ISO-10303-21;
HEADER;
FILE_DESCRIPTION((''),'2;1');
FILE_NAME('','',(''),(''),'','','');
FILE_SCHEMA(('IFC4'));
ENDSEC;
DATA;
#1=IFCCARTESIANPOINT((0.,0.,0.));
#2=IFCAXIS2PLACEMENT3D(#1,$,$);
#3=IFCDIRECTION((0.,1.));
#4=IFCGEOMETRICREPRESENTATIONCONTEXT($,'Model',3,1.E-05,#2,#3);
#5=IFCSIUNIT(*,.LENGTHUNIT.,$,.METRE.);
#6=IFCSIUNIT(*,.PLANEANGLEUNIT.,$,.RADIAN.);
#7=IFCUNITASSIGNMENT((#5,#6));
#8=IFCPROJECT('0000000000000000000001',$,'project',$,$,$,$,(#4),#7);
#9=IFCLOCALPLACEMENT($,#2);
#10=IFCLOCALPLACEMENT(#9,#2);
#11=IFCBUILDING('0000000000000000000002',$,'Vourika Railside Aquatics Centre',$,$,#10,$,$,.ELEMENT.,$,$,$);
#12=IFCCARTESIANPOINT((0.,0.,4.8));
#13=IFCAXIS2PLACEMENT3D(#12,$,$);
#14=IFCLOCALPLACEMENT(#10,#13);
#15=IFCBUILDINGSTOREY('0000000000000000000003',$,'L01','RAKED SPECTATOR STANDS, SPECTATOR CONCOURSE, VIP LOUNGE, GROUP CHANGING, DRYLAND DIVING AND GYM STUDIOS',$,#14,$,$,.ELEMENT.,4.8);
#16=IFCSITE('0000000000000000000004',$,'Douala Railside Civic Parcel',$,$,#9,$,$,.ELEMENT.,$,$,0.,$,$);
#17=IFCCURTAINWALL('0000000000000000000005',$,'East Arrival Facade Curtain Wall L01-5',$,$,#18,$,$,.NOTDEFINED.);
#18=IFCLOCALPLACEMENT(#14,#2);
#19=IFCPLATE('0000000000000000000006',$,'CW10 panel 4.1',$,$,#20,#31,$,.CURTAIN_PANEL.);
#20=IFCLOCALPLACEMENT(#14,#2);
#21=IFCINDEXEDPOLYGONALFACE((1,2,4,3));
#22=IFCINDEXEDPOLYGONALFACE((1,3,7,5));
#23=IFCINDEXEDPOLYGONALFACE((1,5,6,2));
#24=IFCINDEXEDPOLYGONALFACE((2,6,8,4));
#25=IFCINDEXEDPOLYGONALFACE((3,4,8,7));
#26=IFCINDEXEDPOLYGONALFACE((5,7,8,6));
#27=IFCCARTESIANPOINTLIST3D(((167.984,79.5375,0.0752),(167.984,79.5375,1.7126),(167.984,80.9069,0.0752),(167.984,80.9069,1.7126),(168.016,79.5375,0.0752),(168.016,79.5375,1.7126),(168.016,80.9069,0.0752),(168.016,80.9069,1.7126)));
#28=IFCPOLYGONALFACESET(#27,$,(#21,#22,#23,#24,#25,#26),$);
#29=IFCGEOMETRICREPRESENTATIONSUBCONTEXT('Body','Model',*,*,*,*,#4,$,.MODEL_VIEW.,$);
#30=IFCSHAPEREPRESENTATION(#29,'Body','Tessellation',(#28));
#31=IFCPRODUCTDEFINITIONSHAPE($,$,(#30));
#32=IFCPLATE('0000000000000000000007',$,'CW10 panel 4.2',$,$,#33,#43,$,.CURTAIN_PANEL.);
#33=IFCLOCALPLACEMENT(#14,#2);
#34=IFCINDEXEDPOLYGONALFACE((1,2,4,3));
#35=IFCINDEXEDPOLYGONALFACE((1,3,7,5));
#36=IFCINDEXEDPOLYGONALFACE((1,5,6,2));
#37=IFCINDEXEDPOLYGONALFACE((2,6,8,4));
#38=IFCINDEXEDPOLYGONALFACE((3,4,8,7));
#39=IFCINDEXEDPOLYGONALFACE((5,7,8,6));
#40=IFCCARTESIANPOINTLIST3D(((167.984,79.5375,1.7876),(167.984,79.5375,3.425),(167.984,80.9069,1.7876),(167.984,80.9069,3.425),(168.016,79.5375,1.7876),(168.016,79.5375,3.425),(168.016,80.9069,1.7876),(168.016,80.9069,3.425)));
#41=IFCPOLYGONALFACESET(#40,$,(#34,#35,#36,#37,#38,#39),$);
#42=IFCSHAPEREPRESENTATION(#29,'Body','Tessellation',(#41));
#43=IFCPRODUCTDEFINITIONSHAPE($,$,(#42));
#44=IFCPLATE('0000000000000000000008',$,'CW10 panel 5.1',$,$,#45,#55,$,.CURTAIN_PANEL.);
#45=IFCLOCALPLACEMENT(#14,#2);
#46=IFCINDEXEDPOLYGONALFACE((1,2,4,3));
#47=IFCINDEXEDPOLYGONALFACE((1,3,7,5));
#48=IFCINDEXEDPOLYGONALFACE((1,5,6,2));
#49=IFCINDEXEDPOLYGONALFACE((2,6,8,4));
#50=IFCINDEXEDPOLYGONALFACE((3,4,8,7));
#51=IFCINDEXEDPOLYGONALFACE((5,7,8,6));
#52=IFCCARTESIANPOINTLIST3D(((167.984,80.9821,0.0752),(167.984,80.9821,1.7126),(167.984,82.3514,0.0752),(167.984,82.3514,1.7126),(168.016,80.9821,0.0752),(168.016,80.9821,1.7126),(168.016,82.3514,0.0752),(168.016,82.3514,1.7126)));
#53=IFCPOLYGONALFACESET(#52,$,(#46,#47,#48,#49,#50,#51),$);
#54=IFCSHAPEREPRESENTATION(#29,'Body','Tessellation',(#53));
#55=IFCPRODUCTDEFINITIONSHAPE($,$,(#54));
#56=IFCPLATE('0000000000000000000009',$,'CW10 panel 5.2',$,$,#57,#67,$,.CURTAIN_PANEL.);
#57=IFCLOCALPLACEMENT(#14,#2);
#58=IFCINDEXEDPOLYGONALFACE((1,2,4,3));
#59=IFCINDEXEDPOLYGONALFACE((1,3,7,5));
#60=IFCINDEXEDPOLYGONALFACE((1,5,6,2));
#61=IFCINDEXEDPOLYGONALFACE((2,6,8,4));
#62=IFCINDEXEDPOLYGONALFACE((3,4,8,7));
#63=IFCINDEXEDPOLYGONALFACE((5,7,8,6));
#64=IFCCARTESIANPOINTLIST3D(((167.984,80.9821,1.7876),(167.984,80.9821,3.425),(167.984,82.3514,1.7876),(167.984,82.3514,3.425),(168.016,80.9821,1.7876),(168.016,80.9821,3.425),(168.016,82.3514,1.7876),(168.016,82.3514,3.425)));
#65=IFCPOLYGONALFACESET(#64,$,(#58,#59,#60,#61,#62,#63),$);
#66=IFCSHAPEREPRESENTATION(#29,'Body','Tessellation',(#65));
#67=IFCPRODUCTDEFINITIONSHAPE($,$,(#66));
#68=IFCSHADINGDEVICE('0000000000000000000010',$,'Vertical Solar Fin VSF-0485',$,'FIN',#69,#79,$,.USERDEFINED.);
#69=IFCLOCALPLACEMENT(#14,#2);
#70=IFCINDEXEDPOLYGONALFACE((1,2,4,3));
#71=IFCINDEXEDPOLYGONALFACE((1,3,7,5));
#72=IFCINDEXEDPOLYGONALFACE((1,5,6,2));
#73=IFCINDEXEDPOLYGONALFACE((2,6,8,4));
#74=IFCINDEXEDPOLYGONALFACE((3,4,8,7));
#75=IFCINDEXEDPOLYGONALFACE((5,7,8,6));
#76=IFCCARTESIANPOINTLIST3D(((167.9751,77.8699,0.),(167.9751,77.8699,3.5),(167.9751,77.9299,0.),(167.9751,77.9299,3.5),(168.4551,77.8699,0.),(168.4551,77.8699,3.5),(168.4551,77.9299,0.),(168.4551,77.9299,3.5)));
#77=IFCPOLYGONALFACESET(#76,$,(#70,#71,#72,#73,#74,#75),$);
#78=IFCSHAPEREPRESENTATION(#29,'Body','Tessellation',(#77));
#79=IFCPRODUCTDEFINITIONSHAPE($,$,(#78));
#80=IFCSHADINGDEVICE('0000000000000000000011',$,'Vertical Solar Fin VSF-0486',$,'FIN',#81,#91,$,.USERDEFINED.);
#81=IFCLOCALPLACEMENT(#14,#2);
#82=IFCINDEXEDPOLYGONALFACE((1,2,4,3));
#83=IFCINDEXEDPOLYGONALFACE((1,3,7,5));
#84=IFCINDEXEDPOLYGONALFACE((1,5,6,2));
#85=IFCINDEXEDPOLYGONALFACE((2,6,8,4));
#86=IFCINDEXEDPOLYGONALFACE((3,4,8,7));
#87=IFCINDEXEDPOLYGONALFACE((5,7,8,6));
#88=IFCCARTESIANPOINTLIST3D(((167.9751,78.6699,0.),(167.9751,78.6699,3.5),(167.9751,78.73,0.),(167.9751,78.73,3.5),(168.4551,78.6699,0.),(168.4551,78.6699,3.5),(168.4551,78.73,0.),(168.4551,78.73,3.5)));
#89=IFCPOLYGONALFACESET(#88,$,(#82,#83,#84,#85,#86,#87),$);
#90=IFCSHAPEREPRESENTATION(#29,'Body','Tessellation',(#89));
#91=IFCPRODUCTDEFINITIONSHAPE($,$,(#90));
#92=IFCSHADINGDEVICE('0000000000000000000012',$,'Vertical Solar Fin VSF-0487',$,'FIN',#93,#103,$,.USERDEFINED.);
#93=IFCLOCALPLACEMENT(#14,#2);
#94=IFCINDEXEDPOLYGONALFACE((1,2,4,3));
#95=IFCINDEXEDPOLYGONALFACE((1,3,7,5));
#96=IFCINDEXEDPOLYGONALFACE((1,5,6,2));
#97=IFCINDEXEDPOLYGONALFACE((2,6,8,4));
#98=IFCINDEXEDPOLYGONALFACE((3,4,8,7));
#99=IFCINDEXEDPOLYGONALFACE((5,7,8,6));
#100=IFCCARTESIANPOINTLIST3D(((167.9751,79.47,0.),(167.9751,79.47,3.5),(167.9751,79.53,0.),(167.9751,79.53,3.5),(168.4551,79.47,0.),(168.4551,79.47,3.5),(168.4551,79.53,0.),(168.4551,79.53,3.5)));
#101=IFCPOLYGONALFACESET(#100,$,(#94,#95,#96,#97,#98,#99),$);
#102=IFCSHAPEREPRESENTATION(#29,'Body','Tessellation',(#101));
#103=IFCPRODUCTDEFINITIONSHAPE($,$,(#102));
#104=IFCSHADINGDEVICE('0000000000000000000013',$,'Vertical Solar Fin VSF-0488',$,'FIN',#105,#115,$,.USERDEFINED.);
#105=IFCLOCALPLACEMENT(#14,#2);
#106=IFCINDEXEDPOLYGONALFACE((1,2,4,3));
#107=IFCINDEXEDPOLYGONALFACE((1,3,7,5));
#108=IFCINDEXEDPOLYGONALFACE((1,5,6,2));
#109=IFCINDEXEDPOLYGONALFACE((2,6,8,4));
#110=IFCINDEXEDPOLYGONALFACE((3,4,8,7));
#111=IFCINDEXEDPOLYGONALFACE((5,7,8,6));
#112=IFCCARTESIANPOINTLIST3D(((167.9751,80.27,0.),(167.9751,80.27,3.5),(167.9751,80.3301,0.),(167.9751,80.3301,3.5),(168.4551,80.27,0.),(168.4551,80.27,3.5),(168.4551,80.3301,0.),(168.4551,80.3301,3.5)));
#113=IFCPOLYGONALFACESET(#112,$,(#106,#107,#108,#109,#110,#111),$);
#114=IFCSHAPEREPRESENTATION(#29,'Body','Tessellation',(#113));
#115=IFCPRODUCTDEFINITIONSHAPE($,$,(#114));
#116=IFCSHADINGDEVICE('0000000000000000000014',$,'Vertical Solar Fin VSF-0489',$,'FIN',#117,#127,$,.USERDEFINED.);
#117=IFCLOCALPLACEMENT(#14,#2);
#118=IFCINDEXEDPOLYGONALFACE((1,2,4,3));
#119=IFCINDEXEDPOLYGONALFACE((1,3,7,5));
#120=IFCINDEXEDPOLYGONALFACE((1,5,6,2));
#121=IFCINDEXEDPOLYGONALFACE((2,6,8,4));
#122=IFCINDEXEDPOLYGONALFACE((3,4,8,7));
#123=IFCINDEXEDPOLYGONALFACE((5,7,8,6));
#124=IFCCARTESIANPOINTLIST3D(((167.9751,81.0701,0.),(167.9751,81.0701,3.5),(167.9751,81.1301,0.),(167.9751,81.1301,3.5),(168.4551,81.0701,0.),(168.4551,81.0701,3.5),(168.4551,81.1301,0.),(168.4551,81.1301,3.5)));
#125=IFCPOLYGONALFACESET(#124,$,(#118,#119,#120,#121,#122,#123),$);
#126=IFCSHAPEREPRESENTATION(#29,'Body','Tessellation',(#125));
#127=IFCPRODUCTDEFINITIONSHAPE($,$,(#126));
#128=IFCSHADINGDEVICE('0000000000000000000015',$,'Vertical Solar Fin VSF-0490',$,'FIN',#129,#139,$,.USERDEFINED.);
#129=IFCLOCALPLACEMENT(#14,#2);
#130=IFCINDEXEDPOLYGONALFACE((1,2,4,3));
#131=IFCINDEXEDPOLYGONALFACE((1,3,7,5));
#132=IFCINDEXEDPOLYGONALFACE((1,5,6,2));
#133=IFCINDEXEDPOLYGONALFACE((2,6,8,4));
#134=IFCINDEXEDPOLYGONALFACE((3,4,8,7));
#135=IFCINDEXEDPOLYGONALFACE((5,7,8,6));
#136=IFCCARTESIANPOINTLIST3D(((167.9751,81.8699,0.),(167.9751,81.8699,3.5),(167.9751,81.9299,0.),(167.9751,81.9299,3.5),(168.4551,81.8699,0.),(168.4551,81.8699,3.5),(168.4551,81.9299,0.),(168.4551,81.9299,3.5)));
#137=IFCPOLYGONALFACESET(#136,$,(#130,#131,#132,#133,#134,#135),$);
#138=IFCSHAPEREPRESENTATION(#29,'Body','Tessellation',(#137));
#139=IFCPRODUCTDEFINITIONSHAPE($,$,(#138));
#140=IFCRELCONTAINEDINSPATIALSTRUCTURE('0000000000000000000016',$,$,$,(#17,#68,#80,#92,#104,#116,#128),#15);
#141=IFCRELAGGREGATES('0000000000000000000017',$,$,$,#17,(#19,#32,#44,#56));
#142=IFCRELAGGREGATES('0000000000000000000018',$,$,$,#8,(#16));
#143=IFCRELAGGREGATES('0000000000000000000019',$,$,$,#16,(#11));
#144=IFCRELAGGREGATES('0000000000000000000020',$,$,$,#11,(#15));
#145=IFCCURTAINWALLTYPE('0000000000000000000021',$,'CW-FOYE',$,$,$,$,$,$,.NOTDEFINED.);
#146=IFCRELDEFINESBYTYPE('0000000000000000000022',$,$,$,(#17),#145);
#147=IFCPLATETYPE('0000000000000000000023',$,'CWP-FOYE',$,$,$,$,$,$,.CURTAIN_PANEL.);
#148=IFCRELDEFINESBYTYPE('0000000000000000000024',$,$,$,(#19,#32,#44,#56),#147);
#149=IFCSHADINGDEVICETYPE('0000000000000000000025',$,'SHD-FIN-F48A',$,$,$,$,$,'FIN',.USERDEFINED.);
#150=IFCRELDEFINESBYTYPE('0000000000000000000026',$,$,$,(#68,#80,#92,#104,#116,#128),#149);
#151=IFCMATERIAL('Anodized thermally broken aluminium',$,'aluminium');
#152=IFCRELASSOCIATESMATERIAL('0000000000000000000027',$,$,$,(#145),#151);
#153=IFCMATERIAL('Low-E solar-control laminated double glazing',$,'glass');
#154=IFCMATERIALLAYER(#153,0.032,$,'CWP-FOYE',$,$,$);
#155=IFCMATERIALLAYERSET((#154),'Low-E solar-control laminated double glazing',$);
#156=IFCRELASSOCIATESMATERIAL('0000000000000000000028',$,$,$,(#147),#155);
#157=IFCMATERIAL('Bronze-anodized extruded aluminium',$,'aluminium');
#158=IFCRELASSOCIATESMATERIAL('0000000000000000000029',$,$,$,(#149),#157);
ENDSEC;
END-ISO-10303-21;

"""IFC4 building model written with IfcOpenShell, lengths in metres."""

from ifc_helpers import new_model, si_unit, direction, frame, origin, origin_2d, place, context, subcontext, project, spatial, rectangle, extrude, material, layer, layer_set, material_profile, profile_set, type_object, element, aggregate, save


model = new_model("IFC4")

# Units and contexts
model_context = context("Model", 3, precision=1e-05, world=origin(), true_north=direction((0.0, 1.0)))
body_context = subcontext(model_context, "Body", "Model", "MODEL_VIEW")
ifc_project = project(units=[si_unit("LENGTHUNIT", "METRE"), si_unit("PLANEANGLEUNIT", "RADIAN")], contexts=[model_context])

# Site, building, storey
site_placement = place(None, origin())
site = spatial("IfcSite", under=ifc_project, at=site_placement, Name="Douala Railside Civic Parcel", CompositionType="ELEMENT", RefElevation=0.0)
building_placement = place(site_placement, origin())
building = spatial("IfcBuilding", under=site, at=building_placement, Name="Vourika Railside Aquatics Centre", CompositionType="ELEMENT")
storey_placement = place(building_placement, frame((0.0, 0.0, 4.8)))
storey = spatial("IfcBuildingStorey", under=building, at=storey_placement, Name="L01", Description="RAKED SPECTATOR STANDS, SPECTATOR CONCOURSE, VIP LOUNGE, GROUP CHANGING, DRYLAND DIVING AND GYM STUDIOS", CompositionType="ELEMENT", Elevation=4.8)

# Curtain wall, plates
ifc_material_1 = material(Name="Anodized thermally broken aluminium", Category="aluminium")
curtain_wall_type = type_object("IfcCurtainWallType", Name="CW-FOYE", PredefinedType="NOTDEFINED", material=ifc_material_1)
curtain_wall_placement = place(storey_placement, origin())
curtain_wall = element("IfcCurtainWall", 1, at=curtain_wall_placement, inside=storey, type_object=curtain_wall_type, Name="East Arrival Facade Curtain Wall L01-5", PredefinedType="NOTDEFINED")
ifc_material_2 = material(Name="Low-E solar-control laminated double glazing", Category="glass")
ifc_layer = layer(ifc_material_2, 0.032, Name="CWP-FOYE")
ifc_layer_set = layer_set([ifc_layer], Name="Low-E solar-control laminated double glazing")
plate_type = type_object("IfcPlateType", Name="CWP-FOYE", PredefinedType="CURTAIN_PANEL", material=ifc_layer_set)
plate_1_placement = place(storey_placement, frame((168.0, 80.2222, 0.0752), z_axis=(0.0, 0.0, 1.0), x_axis=(0.0, 1.0, 0.0)))
plate_1 = element("IfcPlate", 2, at=plate_1_placement, type_object=plate_type, Name="CW10 panel 4.1", PredefinedType="CURTAIN_PANEL", context=body_context, shape_type="SweptSolid", body=[
    extrude(rectangle(XDim=1.3694, YDim=0.032, at=origin_2d()), origin(), (0.0, 0.0, 1.0), 1.6375),
])
plate_2_placement = place(storey_placement, frame((168.0, 80.2222, 1.7876), z_axis=(0.0, 0.0, 1.0), x_axis=(0.0, 1.0, 0.0)))
plate_2 = element("IfcPlate", 3, at=plate_2_placement, type_object=plate_type, Name="CW10 panel 4.2", PredefinedType="CURTAIN_PANEL", context=body_context, shape_type="SweptSolid", body=[
    extrude(rectangle(XDim=1.3694, YDim=0.032, at=origin_2d()), origin(), (0.0, 0.0, 1.0), 1.6375),
])
plate_3_placement = place(storey_placement, frame((168.0, 81.6667, 0.0752), z_axis=(0.0, 0.0, 1.0), x_axis=(0.0, 1.0, 0.0)))
plate_3 = element("IfcPlate", 4, at=plate_3_placement, type_object=plate_type, Name="CW10 panel 5.1", PredefinedType="CURTAIN_PANEL", context=body_context, shape_type="SweptSolid", body=[
    extrude(rectangle(XDim=1.3694, YDim=0.032, at=origin_2d()), origin(), (0.0, 0.0, 1.0), 1.6375),
])
plate_4_placement = place(storey_placement, frame((168.0, 81.6667, 1.7876), z_axis=(0.0, 0.0, 1.0), x_axis=(0.0, 1.0, 0.0)))
plate_4 = element("IfcPlate", 5, at=plate_4_placement, type_object=plate_type, Name="CW10 panel 5.2", PredefinedType="CURTAIN_PANEL", context=body_context, shape_type="SweptSolid", body=[
    extrude(rectangle(XDim=1.3694, YDim=0.032, at=origin_2d()), origin(), (0.0, 0.0, 1.0), 1.6375),
])
aggregate(curtain_wall, [plate_1, plate_2, plate_3, plate_4])

# Shading devices
ifc_material_3 = material(Name="Bronze-anodized extruded aluminium", Category="aluminium")
ifc_material_profile_1 = material_profile(ifc_material_3, rectangle(XDim=0.0601, YDim=0.48, at=origin_2d()), Name="ALU-FIN 60x480")
ifc_profile_set_1 = profile_set([ifc_material_profile_1], Name="Bronze-anodized extruded aluminium")
shading_device_type = type_object("IfcShadingDeviceType", Name="SHD-FIN-F48A", ElementType="FIN", PredefinedType="USERDEFINED", material=ifc_profile_set_1)
for number, where, z_axis, x_axis, name in (
    (6, (168.2151, 77.8999, 0.0), (0.0, 0.0, 1.0), (0.0, -1.0, 0.0), "Vertical Solar Fin VSF-0485"),
    (7, (168.2151, 78.7, 0.0), (0.0, 0.0, 1.0), (0.0, -1.0, 0.0), "Vertical Solar Fin VSF-0486"),
    (8, (168.2151, 79.5, 0.0), (0.0, 0.0, 1.0), (0.0, -1.0, 0.0), "Vertical Solar Fin VSF-0487"),
    (9, (168.2151, 80.3, 0.0), (0.0, 0.0, 1.0), (0.0, -1.0, 0.0), "Vertical Solar Fin VSF-0488"),
    (10, (168.2151, 81.1001, 0.0), (0.0, 0.0, 1.0), (0.0, -1.0, 0.0), "Vertical Solar Fin VSF-0489"),
    (11, (168.2151, 81.8999, 0.0), (0.0, 0.0, 1.0), (0.0, -1.0, 0.0), "Vertical Solar Fin VSF-0490"),
):
    element("IfcShadingDevice", number, at=place(storey_placement, frame(where, z_axis=z_axis, x_axis=x_axis)), inside=storey, type_object=shading_device_type, Name=name, ObjectType="FIN", PredefinedType="USERDEFINED", context=body_context, shape_type="SweptSolid", body=[
        extrude(rectangle(XDim=0.0601, YDim=0.48, at=origin_2d()), origin(), (0.0, 0.0, 1.0), 3.5),
    ])

save(model, "model.ifc")
